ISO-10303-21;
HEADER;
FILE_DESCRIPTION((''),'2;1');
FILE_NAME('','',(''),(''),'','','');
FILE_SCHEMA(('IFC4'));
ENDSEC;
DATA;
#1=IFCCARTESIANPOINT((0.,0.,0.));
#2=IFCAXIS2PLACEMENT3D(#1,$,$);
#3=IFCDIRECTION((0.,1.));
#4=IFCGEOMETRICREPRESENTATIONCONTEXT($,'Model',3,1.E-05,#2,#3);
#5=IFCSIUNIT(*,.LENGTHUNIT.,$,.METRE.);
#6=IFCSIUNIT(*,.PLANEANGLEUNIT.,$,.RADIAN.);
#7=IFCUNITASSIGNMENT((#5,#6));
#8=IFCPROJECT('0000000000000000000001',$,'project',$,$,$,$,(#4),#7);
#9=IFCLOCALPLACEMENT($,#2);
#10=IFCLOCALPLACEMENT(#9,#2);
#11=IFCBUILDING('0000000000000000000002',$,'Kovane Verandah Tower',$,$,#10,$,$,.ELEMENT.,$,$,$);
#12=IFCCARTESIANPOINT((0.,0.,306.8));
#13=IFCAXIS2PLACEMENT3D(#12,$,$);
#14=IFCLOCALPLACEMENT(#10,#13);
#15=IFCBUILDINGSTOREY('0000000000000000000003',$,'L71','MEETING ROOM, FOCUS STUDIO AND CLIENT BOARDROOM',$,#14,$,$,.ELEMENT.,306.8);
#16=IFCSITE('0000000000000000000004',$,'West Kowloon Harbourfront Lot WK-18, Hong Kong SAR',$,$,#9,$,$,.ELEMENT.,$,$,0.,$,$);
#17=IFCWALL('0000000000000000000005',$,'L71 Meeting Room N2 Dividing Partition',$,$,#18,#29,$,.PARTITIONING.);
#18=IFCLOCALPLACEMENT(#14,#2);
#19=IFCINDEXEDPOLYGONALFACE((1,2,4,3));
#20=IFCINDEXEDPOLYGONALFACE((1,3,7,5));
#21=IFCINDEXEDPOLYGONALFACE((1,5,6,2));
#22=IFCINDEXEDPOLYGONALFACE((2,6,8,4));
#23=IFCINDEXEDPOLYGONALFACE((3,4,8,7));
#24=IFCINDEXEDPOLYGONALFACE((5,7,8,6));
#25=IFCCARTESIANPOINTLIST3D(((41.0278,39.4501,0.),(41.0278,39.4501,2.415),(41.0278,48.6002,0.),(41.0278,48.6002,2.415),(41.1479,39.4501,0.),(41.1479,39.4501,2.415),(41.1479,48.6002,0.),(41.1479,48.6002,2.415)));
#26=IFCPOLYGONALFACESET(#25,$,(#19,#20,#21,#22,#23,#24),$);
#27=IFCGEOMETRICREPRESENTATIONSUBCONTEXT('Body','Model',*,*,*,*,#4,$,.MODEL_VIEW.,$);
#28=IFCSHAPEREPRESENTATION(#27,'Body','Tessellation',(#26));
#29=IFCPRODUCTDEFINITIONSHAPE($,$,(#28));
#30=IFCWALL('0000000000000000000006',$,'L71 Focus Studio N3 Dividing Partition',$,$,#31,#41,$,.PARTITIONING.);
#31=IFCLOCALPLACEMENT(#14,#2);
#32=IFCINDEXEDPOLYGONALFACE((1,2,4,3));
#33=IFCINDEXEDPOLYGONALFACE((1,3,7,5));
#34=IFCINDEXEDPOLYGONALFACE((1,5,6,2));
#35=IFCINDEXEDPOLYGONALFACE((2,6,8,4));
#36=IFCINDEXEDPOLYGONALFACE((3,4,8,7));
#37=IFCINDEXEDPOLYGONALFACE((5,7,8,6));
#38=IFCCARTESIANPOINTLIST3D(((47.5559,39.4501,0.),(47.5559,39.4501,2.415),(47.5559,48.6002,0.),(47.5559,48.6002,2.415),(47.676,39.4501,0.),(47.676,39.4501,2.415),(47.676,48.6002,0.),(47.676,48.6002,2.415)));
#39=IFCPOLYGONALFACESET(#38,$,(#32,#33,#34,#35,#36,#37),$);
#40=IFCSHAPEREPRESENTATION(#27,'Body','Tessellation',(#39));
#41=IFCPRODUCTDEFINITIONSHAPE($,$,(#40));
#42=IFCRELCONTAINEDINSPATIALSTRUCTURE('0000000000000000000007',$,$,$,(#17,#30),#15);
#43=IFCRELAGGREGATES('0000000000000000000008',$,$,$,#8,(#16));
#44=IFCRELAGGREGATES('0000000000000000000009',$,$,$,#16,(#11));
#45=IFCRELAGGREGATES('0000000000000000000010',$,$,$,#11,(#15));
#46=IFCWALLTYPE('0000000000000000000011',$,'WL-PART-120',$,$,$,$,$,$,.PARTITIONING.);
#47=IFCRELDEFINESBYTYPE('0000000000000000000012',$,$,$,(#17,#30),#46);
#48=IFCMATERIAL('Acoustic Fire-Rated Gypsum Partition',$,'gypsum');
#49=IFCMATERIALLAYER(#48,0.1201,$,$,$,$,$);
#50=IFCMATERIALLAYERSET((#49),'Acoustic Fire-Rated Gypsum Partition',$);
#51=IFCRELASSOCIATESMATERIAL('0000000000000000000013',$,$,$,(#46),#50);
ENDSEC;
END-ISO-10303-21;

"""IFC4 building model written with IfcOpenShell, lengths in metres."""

from ifc_helpers import new_model, si_unit, direction, frame, frame_2d, origin, place, context, subcontext, project, spatial, rectangle, extrude, material, layer, layer_set, type_object, element, save


model = new_model("IFC4")

# Units and contexts
model_context = context("Model", 3, precision=1e-05, world=origin(), true_north=direction((0.0, 1.0)))
body_context = subcontext(model_context, "Body", "Model", "MODEL_VIEW")
ifc_project = project(units=[si_unit("LENGTHUNIT", "METRE"), si_unit("PLANEANGLEUNIT", "RADIAN")], contexts=[model_context])

# Site, building, storey
site_placement = place(None, origin())
site = spatial("IfcSite", under=ifc_project, at=site_placement, Name="West Kowloon Harbourfront Lot WK-18, Hong Kong SAR", CompositionType="ELEMENT", RefElevation=0.0)
building_placement = place(site_placement, origin())
building = spatial("IfcBuilding", under=site, at=building_placement, Name="Kovane Verandah Tower", CompositionType="ELEMENT")
storey_placement = place(building_placement, frame((0.0, 0.0, 306.8)))
storey = spatial("IfcBuildingStorey", under=building, at=storey_placement, Name="L71", Description="MEETING ROOM, FOCUS STUDIO AND CLIENT BOARDROOM", CompositionType="ELEMENT", Elevation=306.8)

# Walls
ifc_material_1 = material(Name="Acoustic Fire-Rated Gypsum Partition", Category="gypsum")
ifc_layer_1 = layer(ifc_material_1, 0.1201)
ifc_layer_set_1 = layer_set([ifc_layer_1], Name="Acoustic Fire-Rated Gypsum Partition")
wall_type_1 = type_object("IfcWallType", Name="WL-PART-120", PredefinedType="PARTITIONING", material=ifc_layer_set_1)
for number, where, z_axis, x_axis, name in (
    (1, (41.0879, 39.45, 0.0), (0.0, 0.0, 1.0), (0.0, 1.0, 0.0), "L71 Meeting Room N2 Dividing Partition"),
    (2, (47.616, 39.45, 0.0), (0.0, 0.0, 1.0), (0.0, 1.0, 0.0), "L71 Focus Studio N3 Dividing Partition"),
):
    element("IfcWall", number, at=place(storey_placement, frame(where, z_axis=z_axis, x_axis=x_axis)), inside=storey, type_object=wall_type_1, Name=name, PredefinedType="PARTITIONING", context=body_context, shape_type="SweptSolid", body=[
        extrude(rectangle(XDim=9.1501, YDim=0.1201, at=frame_2d((4.5752, 0.0))), origin(), (0.0, 0.0, 1.0), 2.415),
    ])

save(model, "model.ifc")
